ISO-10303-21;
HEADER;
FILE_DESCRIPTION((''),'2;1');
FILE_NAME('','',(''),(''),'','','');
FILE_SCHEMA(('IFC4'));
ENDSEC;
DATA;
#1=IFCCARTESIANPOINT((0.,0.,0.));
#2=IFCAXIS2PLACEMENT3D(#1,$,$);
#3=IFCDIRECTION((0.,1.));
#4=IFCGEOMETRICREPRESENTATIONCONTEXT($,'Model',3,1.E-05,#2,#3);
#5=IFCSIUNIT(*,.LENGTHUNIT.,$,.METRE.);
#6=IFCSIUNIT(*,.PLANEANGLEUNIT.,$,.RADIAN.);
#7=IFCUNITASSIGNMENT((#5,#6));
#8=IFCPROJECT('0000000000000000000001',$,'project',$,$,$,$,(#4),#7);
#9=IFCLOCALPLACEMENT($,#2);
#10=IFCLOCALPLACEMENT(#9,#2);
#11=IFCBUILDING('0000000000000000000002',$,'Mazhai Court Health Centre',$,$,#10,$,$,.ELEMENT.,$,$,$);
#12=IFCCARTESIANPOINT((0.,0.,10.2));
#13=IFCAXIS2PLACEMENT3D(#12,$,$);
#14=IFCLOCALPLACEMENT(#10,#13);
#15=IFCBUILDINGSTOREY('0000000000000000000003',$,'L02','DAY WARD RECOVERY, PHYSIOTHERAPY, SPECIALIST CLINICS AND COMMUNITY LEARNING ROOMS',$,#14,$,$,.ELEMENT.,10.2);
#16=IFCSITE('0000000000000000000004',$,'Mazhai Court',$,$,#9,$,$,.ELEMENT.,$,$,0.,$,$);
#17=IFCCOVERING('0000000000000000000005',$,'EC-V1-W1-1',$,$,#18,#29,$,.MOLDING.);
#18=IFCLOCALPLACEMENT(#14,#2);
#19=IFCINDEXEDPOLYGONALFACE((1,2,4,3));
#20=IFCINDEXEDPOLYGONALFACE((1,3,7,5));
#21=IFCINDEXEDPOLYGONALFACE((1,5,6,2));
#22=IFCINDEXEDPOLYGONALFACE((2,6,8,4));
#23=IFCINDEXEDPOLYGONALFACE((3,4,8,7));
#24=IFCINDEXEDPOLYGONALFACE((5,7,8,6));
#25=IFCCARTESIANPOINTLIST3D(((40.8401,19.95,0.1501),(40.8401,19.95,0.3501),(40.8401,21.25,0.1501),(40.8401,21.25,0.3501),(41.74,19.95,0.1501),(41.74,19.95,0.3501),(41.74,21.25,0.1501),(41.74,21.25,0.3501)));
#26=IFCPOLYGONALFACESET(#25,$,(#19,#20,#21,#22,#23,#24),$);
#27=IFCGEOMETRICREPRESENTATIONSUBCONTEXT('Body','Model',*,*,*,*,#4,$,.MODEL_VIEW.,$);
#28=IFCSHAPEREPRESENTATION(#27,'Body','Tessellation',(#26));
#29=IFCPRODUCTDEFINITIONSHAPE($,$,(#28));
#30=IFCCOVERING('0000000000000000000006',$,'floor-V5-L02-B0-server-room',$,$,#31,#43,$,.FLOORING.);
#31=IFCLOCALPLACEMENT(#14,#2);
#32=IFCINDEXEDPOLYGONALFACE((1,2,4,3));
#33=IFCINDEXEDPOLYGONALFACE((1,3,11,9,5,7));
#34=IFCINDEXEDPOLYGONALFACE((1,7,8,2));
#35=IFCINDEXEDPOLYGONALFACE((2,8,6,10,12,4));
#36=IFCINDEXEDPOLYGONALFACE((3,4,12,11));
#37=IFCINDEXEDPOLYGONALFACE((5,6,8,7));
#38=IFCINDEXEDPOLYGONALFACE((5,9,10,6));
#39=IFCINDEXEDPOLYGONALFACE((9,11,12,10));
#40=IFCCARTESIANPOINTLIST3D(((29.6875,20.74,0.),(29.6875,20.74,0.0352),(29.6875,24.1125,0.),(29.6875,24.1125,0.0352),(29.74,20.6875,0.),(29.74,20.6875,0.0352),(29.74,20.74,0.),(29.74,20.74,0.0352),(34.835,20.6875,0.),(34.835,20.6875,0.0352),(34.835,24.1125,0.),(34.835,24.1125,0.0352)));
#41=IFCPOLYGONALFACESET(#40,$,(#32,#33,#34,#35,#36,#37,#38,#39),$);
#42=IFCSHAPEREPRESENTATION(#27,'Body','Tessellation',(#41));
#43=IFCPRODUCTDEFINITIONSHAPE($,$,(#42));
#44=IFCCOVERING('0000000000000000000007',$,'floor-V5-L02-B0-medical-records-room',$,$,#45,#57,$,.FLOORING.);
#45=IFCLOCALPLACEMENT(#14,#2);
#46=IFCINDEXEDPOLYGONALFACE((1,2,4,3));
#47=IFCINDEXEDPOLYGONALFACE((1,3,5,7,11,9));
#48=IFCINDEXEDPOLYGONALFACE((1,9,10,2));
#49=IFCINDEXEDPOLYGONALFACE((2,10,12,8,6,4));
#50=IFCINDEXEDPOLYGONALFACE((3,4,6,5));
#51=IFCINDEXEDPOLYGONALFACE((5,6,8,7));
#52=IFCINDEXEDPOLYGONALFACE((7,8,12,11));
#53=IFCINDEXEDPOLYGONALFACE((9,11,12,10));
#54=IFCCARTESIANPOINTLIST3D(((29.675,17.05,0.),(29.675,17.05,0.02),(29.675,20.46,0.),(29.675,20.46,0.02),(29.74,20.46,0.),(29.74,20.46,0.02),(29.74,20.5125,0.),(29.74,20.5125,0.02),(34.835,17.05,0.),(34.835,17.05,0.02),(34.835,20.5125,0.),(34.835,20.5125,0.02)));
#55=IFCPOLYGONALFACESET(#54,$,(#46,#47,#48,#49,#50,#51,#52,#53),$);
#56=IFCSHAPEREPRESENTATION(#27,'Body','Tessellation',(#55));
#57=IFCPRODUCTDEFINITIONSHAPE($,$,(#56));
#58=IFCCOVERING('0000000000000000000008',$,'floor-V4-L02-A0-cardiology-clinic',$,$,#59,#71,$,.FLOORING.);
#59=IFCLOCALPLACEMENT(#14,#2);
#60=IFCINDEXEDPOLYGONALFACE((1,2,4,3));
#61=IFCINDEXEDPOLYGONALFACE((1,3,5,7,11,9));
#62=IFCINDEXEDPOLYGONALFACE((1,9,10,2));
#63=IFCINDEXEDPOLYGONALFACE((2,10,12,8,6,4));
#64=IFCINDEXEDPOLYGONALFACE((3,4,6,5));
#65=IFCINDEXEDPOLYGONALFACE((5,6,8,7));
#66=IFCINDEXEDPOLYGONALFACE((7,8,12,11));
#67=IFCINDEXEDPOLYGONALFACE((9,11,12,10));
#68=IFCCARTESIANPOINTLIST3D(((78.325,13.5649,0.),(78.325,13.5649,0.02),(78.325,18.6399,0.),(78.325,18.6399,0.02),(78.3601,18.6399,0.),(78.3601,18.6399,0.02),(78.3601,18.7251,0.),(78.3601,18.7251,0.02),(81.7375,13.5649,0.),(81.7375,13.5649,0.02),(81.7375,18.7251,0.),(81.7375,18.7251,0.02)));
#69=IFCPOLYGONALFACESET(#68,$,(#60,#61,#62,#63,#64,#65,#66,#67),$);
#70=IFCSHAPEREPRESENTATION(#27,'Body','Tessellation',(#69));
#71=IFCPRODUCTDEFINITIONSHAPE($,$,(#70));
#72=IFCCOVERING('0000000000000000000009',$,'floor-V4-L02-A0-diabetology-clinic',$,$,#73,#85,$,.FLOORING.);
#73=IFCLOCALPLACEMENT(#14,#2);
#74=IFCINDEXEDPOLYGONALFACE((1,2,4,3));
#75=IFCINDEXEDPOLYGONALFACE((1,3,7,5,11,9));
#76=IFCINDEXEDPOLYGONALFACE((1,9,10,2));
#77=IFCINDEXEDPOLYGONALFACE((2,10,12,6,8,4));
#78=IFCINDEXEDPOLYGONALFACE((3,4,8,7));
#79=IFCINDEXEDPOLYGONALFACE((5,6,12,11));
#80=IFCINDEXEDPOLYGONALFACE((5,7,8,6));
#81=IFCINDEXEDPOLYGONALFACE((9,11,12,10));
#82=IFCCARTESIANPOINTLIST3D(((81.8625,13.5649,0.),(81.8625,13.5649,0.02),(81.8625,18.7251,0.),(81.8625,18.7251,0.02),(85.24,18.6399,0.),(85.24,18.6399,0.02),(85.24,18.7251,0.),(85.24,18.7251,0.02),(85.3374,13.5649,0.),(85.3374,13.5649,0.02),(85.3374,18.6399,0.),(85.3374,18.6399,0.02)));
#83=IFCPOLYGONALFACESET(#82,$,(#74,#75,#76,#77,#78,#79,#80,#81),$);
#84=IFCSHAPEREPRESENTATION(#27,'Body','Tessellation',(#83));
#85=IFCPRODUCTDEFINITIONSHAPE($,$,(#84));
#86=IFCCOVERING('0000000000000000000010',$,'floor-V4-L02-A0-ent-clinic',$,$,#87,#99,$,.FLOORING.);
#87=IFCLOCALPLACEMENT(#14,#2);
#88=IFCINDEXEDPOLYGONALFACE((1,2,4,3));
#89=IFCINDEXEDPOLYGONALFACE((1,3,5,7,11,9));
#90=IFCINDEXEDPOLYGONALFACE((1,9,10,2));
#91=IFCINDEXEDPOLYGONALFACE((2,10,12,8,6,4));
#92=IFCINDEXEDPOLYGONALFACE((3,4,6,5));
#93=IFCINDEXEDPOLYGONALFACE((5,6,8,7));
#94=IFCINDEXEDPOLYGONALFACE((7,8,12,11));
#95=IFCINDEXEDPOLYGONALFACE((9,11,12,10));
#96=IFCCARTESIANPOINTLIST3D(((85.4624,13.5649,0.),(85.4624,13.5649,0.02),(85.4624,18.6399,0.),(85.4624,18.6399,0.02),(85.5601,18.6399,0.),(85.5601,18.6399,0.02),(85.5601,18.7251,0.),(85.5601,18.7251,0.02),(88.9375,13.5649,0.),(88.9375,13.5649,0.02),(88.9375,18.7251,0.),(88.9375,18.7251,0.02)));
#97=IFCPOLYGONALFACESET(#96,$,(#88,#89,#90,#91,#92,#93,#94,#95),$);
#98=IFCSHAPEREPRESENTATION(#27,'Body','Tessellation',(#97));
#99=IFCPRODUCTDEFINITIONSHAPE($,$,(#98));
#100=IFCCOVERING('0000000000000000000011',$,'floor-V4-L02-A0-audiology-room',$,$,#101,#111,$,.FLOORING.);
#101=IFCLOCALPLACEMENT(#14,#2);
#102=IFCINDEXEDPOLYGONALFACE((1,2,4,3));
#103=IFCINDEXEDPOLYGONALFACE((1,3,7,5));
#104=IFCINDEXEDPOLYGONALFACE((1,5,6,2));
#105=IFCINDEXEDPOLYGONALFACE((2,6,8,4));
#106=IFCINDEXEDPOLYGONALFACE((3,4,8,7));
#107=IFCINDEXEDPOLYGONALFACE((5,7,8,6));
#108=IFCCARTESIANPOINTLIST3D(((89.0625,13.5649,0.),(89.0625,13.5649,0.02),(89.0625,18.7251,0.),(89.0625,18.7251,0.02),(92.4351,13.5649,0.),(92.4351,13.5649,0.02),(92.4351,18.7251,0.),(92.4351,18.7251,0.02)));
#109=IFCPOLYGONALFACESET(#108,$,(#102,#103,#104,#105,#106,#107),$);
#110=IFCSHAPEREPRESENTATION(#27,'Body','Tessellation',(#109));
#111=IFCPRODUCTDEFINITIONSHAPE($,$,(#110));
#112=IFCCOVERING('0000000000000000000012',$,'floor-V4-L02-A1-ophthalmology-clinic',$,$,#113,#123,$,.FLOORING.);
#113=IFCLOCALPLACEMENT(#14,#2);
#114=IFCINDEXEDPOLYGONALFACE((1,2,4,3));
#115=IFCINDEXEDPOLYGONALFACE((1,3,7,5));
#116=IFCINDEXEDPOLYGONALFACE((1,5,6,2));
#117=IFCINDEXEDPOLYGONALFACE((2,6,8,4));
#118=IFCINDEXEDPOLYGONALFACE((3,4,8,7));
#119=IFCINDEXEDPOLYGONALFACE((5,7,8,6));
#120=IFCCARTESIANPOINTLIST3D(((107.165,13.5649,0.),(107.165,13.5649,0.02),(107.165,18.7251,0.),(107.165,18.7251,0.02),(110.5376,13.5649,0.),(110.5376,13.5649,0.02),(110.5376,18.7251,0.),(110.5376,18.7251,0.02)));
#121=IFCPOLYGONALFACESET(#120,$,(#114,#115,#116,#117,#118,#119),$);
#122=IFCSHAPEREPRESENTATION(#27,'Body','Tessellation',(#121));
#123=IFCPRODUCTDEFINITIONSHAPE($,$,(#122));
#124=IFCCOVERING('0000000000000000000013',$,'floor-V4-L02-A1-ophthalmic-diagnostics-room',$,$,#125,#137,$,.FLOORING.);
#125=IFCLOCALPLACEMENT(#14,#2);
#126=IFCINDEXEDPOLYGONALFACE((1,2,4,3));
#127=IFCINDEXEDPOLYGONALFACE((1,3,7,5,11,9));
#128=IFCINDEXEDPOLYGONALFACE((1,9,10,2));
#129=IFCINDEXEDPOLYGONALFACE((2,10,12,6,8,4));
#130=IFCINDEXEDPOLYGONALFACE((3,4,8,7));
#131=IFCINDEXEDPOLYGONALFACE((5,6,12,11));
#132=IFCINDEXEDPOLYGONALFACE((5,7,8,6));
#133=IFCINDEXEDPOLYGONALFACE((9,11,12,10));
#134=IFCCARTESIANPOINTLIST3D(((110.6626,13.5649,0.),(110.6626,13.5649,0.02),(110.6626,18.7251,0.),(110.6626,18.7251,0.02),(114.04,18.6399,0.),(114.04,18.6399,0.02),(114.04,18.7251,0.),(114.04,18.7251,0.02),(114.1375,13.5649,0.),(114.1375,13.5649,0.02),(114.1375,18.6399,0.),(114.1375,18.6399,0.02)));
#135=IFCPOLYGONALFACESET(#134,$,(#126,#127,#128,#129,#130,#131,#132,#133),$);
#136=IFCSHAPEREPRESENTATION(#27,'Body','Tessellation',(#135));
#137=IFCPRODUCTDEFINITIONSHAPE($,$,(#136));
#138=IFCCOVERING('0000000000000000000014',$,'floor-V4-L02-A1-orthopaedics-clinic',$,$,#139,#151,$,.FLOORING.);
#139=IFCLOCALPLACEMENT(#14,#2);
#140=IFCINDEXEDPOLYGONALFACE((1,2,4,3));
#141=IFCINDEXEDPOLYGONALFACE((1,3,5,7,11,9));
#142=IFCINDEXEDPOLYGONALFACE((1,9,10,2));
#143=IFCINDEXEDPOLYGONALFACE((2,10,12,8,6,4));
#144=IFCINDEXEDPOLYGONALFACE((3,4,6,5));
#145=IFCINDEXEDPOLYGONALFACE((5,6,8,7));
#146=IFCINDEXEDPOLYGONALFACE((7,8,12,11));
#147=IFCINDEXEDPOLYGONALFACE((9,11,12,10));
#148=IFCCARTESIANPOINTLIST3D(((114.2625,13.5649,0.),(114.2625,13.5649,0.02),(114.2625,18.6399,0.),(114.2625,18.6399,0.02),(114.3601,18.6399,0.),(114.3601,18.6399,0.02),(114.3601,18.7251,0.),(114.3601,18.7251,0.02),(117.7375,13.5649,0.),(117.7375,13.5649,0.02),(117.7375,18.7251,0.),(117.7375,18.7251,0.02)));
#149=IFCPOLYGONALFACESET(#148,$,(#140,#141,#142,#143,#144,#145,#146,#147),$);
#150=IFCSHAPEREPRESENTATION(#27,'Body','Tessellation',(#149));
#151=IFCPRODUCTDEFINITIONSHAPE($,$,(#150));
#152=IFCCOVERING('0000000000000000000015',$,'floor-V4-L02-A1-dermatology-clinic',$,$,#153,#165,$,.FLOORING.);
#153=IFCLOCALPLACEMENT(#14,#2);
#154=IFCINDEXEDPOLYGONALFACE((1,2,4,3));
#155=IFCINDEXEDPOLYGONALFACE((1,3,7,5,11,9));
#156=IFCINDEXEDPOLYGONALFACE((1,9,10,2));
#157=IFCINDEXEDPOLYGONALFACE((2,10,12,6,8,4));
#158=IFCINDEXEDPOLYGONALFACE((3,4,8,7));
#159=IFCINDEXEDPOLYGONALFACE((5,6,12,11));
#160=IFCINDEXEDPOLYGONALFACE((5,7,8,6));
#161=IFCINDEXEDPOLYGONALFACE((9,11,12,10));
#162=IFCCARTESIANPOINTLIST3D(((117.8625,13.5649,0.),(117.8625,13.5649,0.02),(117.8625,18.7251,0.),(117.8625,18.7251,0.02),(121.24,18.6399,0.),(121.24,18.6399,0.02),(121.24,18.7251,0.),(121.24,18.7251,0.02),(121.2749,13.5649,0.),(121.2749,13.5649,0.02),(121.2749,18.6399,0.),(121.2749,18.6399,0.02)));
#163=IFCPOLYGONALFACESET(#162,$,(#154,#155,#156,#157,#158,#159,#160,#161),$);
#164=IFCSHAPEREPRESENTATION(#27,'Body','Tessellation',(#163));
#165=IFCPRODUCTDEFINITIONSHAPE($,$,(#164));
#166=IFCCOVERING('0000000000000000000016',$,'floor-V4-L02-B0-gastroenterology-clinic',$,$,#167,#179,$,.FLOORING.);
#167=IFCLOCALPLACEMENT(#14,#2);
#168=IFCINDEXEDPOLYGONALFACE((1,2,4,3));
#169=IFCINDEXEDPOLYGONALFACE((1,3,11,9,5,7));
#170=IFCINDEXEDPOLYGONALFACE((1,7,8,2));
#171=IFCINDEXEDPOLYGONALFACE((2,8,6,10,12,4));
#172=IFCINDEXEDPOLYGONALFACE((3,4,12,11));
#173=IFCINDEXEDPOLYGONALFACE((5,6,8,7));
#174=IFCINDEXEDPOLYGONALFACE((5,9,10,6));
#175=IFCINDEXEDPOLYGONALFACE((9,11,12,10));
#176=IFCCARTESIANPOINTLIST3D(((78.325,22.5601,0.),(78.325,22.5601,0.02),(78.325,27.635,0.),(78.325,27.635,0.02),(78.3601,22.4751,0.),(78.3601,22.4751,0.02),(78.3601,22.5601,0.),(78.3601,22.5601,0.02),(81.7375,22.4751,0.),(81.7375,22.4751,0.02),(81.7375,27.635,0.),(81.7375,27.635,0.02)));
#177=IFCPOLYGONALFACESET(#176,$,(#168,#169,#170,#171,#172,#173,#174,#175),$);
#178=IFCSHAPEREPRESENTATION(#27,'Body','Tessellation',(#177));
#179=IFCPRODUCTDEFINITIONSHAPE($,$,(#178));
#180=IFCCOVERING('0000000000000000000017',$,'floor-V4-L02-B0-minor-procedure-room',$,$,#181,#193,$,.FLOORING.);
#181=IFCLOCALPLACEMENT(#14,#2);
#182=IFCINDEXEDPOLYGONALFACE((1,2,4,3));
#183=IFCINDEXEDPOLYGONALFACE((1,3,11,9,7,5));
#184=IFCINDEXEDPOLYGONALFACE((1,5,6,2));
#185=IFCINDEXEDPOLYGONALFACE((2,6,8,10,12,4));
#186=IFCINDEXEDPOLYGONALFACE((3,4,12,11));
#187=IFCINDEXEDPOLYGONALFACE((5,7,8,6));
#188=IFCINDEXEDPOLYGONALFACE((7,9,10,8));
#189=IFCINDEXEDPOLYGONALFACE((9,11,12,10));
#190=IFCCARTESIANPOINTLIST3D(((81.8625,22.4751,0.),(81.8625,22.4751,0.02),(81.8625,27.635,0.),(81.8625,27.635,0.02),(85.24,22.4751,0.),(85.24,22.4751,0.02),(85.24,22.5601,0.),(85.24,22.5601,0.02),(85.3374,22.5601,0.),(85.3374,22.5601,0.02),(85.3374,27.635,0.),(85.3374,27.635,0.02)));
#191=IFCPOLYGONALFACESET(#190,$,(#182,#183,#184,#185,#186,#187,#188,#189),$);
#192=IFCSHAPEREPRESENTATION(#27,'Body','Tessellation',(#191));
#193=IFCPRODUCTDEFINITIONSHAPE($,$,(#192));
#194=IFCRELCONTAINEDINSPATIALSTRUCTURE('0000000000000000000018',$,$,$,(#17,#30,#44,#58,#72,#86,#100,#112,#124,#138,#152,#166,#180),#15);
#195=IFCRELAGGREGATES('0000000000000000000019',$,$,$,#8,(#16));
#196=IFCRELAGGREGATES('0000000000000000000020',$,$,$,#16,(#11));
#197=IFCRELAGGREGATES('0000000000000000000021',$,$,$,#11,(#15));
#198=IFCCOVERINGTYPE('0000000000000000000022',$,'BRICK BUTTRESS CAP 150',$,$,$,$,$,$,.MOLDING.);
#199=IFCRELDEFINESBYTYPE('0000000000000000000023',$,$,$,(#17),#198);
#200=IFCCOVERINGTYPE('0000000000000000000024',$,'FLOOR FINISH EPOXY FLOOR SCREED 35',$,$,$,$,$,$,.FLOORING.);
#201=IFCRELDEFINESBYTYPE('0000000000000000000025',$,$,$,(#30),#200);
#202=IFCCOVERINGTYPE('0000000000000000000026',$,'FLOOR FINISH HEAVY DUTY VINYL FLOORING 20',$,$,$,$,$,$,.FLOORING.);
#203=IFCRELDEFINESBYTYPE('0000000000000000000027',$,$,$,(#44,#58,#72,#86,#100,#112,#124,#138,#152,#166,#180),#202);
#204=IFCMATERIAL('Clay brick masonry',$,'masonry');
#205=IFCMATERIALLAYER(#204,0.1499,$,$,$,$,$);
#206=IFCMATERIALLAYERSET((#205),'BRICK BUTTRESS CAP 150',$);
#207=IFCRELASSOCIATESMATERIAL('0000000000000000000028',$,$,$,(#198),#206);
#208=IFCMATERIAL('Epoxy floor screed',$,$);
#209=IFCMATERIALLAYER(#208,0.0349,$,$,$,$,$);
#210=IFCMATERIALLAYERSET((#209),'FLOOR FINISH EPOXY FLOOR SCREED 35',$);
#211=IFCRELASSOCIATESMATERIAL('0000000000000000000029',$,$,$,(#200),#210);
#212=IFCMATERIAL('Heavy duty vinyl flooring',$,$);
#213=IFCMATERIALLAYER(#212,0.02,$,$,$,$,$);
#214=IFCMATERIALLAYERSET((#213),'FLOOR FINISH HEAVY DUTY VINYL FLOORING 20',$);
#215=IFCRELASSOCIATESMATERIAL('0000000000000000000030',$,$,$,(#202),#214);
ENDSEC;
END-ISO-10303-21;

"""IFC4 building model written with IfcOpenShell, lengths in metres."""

from ifc_helpers import new_model, si_unit, direction, frame, origin, place, context, subcontext, project, spatial, polyline, outline, extrude, material, layer, layer_set, type_object, element, save


model = new_model("IFC4")

# Units and contexts
model_context = context("Model", 3, precision=1e-05, world=origin(), true_north=direction((0.0, 1.0)))
body_context = subcontext(model_context, "Body", "Model", "MODEL_VIEW")
ifc_project = project(units=[si_unit("LENGTHUNIT", "METRE"), si_unit("PLANEANGLEUNIT", "RADIAN")], contexts=[model_context])

# Site, building, storey
site_placement = place(None, origin())
site = spatial("IfcSite", under=ifc_project, at=site_placement, Name="Mazhai Court", CompositionType="ELEMENT", RefElevation=0.0)
building_placement = place(site_placement, origin())
building = spatial("IfcBuilding", under=site, at=building_placement, Name="Mazhai Court Health Centre", CompositionType="ELEMENT")
storey_placement = place(building_placement, frame((0.0, 0.0, 10.2)))
storey = spatial("IfcBuildingStorey", under=building, at=storey_placement, Name="L02", Description="DAY WARD RECOVERY, PHYSIOTHERAPY, SPECIALIST CLINICS AND COMMUNITY LEARNING ROOMS", CompositionType="ELEMENT", Elevation=10.2)

# Coverings
ifc_material_1 = material(Name="Clay brick masonry", Category="masonry")
ifc_layer_1 = layer(ifc_material_1, 0.1499)
ifc_layer_set_1 = layer_set([ifc_layer_1], Name="BRICK BUTTRESS CAP 150")
covering_type_1 = type_object("IfcCoveringType", Name="BRICK BUTTRESS CAP 150", PredefinedType="MOLDING", material=ifc_layer_set_1)
covering_1_placement = place(storey_placement, frame((0.0, 0.0, 0.1501)))
element("IfcCovering", 1, at=covering_1_placement, inside=storey, type_object=covering_type_1, Name="EC-V1-W1-1", PredefinedType="MOLDING", context=body_context, shape_type="SweptSolid", body=[
    extrude(outline(polyline([(41.74, 19.95), (41.74, 21.25), (40.8401, 21.25), (40.8401, 19.95), (41.74, 19.95)])), origin(), (0.0, 0.0, 1.0), 0.2),
])
ifc_material_2 = material(Name="Epoxy floor screed")
ifc_layer_2 = layer(ifc_material_2, 0.0349)
ifc_layer_set_2 = layer_set([ifc_layer_2], Name="FLOOR FINISH EPOXY FLOOR SCREED 35")
covering_type_2 = type_object("IfcCoveringType", Name="FLOOR FINISH EPOXY FLOOR SCREED 35", PredefinedType="FLOORING", material=ifc_layer_set_2)
covering_2_placement = place(storey_placement, origin())
element("IfcCovering", 2, at=covering_2_placement, inside=storey, type_object=covering_type_2, Name="floor-V5-L02-B0-server-room", PredefinedType="FLOORING", context=body_context, shape_type="SweptSolid", body=[
    extrude(outline(polyline([(29.6875, 20.74), (29.74, 20.74), (29.74, 20.6875), (34.835, 20.6875), (34.835, 24.1125), (29.6875, 24.1125), (29.6875, 20.74)])), origin(), (0.0, 0.0, 1.0), 0.0352),
])
ifc_material_3 = material(Name="Heavy duty vinyl flooring")
ifc_layer_3 = layer(ifc_material_3, 0.02)
ifc_layer_set_3 = layer_set([ifc_layer_3], Name="FLOOR FINISH HEAVY DUTY VINYL FLOORING 20")
covering_type_3 = type_object("IfcCoveringType", Name="FLOOR FINISH HEAVY DUTY VINYL FLOORING 20", PredefinedType="FLOORING", material=ifc_layer_set_3)
covering_3_placement = place(storey_placement, origin())
element("IfcCovering", 3, at=covering_3_placement, inside=storey, type_object=covering_type_3, Name="floor-V5-L02-B0-medical-records-room", PredefinedType="FLOORING", context=body_context, shape_type="SweptSolid", body=[
    extrude(outline(polyline([(29.74, 20.5125), (29.74, 20.46), (29.675, 20.46), (29.675, 17.05), (34.835, 17.05), (34.835, 20.5125), (29.74, 20.5125)])), origin(), (0.0, 0.0, 1.0), 0.02),
])
covering_4_placement = place(storey_placement, origin())
element("IfcCovering", 4, at=covering_4_placement, inside=storey, type_object=covering_type_3, Name="floor-V4-L02-A0-cardiology-clinic", PredefinedType="FLOORING", context=body_context, shape_type="SweptSolid", body=[
    extrude(outline(polyline([(78.3601, 18.7251), (78.3601, 18.6399), (78.325, 18.6399), (78.325, 13.5649), (81.7375, 13.5649), (81.7375, 18.7251), (78.3601, 18.7251)])), origin(), (0.0, 0.0, 1.0), 0.02),
])
covering_5_placement = place(storey_placement, origin())
element("IfcCovering", 5, at=covering_5_placement, inside=storey, type_object=covering_type_3, Name="floor-V4-L02-A0-diabetology-clinic", PredefinedType="FLOORING", context=body_context, shape_type="SweptSolid", body=[
    extrude(outline(polyline([(85.3374, 18.6399), (85.24, 18.6399), (85.24, 18.7251), (81.8625, 18.7251), (81.8625, 13.5649), (85.3374, 13.5649), (85.3374, 18.6399)])), origin(), (0.0, 0.0, 1.0), 0.02),
])
covering_6_placement = place(storey_placement, origin())
element("IfcCovering", 6, at=covering_6_placement, inside=storey, type_object=covering_type_3, Name="floor-V4-L02-A0-ent-clinic", PredefinedType="FLOORING", context=body_context, shape_type="SweptSolid", body=[
    extrude(outline(polyline([(85.5601, 18.7251), (85.5601, 18.6399), (85.4624, 18.6399), (85.4624, 13.5649), (88.9375, 13.5649), (88.9375, 18.7251), (85.5601, 18.7251)])), origin(), (0.0, 0.0, 1.0), 0.02),
])
covering_7_placement = place(storey_placement, origin())
element("IfcCovering", 7, at=covering_7_placement, inside=storey, type_object=covering_type_3, Name="floor-V4-L02-A0-audiology-room", PredefinedType="FLOORING", context=body_context, shape_type="SweptSolid", body=[
    extrude(outline(polyline([(92.4351, 13.5649), (92.4351, 18.7251), (89.0625, 18.7251), (89.0625, 13.5649), (92.4351, 13.5649)])), origin(), (0.0, 0.0, 1.0), 0.02),
])
covering_8_placement = place(storey_placement, origin())
element("IfcCovering", 8, at=covering_8_placement, inside=storey, type_object=covering_type_3, Name="floor-V4-L02-A1-ophthalmology-clinic", PredefinedType="FLOORING", context=body_context, shape_type="SweptSolid", body=[
    extrude(outline(polyline([(110.5376, 13.5649), (110.5376, 18.7251), (107.165, 18.7251), (107.165, 13.5649), (110.5376, 13.5649)])), origin(), (0.0, 0.0, 1.0), 0.02),
])
covering_9_placement = place(storey_placement, origin())
element("IfcCovering", 9, at=covering_9_placement, inside=storey, type_object=covering_type_3, Name="floor-V4-L02-A1-ophthalmic-diagnostics-room", PredefinedType="FLOORING", context=body_context, shape_type="SweptSolid", body=[
    extrude(outline(polyline([(114.1375, 18.6399), (114.04, 18.6399), (114.04, 18.7251), (110.6626, 18.7251), (110.6626, 13.5649), (114.1375, 13.5649), (114.1375, 18.6399)])), origin(), (0.0, 0.0, 1.0), 0.02),
])
covering_10_placement = place(storey_placement, origin())
element("IfcCovering", 10, at=covering_10_placement, inside=storey, type_object=covering_type_3, Name="floor-V4-L02-A1-orthopaedics-clinic", PredefinedType="FLOORING", context=body_context, shape_type="SweptSolid", body=[
    extrude(outline(polyline([(114.3601, 18.7251), (114.3601, 18.6399), (114.2625, 18.6399), (114.2625, 13.5649), (117.7375, 13.5649), (117.7375, 18.7251), (114.3601, 18.7251)])), origin(), (0.0, 0.0, 1.0), 0.02),
])
covering_11_placement = place(storey_placement, origin())
element("IfcCovering", 11, at=covering_11_placement, inside=storey, type_object=covering_type_3, Name="floor-V4-L02-A1-dermatology-clinic", PredefinedType="FLOORING", context=body_context, shape_type="SweptSolid", body=[
    extrude(outline(polyline([(121.2749, 18.6399), (121.24, 18.6399), (121.24, 18.7251), (117.8625, 18.7251), (117.8625, 13.5649), (121.2749, 13.5649), (121.2749, 18.6399)])), origin(), (0.0, 0.0, 1.0), 0.02),
])
covering_12_placement = place(storey_placement, origin())
element("IfcCovering", 12, at=covering_12_placement, inside=storey, type_object=covering_type_3, Name="floor-V4-L02-B0-gastroenterology-clinic", PredefinedType="FLOORING", context=body_context, shape_type="SweptSolid", body=[
    extrude(outline(polyline([(78.325, 22.5601), (78.3601, 22.5601), (78.3601, 22.4751), (81.7375, 22.4751), (81.7375, 27.635), (78.325, 27.635), (78.325, 22.5601)])), origin(), (0.0, 0.0, 1.0), 0.02),
])
covering_13_placement = place(storey_placement, origin())
element("IfcCovering", 13, at=covering_13_placement, inside=storey, type_object=covering_type_3, Name="floor-V4-L02-B0-minor-procedure-room", PredefinedType="FLOORING", context=body_context, shape_type="SweptSolid", body=[
    extrude(outline(polyline([(85.24, 22.4751), (85.24, 22.5601), (85.3374, 22.5601), (85.3374, 27.635), (81.8625, 27.635), (81.8625, 22.4751), (85.24, 22.4751)])), origin(), (0.0, 0.0, 1.0), 0.02),
])

save(model, "model.ifc")
